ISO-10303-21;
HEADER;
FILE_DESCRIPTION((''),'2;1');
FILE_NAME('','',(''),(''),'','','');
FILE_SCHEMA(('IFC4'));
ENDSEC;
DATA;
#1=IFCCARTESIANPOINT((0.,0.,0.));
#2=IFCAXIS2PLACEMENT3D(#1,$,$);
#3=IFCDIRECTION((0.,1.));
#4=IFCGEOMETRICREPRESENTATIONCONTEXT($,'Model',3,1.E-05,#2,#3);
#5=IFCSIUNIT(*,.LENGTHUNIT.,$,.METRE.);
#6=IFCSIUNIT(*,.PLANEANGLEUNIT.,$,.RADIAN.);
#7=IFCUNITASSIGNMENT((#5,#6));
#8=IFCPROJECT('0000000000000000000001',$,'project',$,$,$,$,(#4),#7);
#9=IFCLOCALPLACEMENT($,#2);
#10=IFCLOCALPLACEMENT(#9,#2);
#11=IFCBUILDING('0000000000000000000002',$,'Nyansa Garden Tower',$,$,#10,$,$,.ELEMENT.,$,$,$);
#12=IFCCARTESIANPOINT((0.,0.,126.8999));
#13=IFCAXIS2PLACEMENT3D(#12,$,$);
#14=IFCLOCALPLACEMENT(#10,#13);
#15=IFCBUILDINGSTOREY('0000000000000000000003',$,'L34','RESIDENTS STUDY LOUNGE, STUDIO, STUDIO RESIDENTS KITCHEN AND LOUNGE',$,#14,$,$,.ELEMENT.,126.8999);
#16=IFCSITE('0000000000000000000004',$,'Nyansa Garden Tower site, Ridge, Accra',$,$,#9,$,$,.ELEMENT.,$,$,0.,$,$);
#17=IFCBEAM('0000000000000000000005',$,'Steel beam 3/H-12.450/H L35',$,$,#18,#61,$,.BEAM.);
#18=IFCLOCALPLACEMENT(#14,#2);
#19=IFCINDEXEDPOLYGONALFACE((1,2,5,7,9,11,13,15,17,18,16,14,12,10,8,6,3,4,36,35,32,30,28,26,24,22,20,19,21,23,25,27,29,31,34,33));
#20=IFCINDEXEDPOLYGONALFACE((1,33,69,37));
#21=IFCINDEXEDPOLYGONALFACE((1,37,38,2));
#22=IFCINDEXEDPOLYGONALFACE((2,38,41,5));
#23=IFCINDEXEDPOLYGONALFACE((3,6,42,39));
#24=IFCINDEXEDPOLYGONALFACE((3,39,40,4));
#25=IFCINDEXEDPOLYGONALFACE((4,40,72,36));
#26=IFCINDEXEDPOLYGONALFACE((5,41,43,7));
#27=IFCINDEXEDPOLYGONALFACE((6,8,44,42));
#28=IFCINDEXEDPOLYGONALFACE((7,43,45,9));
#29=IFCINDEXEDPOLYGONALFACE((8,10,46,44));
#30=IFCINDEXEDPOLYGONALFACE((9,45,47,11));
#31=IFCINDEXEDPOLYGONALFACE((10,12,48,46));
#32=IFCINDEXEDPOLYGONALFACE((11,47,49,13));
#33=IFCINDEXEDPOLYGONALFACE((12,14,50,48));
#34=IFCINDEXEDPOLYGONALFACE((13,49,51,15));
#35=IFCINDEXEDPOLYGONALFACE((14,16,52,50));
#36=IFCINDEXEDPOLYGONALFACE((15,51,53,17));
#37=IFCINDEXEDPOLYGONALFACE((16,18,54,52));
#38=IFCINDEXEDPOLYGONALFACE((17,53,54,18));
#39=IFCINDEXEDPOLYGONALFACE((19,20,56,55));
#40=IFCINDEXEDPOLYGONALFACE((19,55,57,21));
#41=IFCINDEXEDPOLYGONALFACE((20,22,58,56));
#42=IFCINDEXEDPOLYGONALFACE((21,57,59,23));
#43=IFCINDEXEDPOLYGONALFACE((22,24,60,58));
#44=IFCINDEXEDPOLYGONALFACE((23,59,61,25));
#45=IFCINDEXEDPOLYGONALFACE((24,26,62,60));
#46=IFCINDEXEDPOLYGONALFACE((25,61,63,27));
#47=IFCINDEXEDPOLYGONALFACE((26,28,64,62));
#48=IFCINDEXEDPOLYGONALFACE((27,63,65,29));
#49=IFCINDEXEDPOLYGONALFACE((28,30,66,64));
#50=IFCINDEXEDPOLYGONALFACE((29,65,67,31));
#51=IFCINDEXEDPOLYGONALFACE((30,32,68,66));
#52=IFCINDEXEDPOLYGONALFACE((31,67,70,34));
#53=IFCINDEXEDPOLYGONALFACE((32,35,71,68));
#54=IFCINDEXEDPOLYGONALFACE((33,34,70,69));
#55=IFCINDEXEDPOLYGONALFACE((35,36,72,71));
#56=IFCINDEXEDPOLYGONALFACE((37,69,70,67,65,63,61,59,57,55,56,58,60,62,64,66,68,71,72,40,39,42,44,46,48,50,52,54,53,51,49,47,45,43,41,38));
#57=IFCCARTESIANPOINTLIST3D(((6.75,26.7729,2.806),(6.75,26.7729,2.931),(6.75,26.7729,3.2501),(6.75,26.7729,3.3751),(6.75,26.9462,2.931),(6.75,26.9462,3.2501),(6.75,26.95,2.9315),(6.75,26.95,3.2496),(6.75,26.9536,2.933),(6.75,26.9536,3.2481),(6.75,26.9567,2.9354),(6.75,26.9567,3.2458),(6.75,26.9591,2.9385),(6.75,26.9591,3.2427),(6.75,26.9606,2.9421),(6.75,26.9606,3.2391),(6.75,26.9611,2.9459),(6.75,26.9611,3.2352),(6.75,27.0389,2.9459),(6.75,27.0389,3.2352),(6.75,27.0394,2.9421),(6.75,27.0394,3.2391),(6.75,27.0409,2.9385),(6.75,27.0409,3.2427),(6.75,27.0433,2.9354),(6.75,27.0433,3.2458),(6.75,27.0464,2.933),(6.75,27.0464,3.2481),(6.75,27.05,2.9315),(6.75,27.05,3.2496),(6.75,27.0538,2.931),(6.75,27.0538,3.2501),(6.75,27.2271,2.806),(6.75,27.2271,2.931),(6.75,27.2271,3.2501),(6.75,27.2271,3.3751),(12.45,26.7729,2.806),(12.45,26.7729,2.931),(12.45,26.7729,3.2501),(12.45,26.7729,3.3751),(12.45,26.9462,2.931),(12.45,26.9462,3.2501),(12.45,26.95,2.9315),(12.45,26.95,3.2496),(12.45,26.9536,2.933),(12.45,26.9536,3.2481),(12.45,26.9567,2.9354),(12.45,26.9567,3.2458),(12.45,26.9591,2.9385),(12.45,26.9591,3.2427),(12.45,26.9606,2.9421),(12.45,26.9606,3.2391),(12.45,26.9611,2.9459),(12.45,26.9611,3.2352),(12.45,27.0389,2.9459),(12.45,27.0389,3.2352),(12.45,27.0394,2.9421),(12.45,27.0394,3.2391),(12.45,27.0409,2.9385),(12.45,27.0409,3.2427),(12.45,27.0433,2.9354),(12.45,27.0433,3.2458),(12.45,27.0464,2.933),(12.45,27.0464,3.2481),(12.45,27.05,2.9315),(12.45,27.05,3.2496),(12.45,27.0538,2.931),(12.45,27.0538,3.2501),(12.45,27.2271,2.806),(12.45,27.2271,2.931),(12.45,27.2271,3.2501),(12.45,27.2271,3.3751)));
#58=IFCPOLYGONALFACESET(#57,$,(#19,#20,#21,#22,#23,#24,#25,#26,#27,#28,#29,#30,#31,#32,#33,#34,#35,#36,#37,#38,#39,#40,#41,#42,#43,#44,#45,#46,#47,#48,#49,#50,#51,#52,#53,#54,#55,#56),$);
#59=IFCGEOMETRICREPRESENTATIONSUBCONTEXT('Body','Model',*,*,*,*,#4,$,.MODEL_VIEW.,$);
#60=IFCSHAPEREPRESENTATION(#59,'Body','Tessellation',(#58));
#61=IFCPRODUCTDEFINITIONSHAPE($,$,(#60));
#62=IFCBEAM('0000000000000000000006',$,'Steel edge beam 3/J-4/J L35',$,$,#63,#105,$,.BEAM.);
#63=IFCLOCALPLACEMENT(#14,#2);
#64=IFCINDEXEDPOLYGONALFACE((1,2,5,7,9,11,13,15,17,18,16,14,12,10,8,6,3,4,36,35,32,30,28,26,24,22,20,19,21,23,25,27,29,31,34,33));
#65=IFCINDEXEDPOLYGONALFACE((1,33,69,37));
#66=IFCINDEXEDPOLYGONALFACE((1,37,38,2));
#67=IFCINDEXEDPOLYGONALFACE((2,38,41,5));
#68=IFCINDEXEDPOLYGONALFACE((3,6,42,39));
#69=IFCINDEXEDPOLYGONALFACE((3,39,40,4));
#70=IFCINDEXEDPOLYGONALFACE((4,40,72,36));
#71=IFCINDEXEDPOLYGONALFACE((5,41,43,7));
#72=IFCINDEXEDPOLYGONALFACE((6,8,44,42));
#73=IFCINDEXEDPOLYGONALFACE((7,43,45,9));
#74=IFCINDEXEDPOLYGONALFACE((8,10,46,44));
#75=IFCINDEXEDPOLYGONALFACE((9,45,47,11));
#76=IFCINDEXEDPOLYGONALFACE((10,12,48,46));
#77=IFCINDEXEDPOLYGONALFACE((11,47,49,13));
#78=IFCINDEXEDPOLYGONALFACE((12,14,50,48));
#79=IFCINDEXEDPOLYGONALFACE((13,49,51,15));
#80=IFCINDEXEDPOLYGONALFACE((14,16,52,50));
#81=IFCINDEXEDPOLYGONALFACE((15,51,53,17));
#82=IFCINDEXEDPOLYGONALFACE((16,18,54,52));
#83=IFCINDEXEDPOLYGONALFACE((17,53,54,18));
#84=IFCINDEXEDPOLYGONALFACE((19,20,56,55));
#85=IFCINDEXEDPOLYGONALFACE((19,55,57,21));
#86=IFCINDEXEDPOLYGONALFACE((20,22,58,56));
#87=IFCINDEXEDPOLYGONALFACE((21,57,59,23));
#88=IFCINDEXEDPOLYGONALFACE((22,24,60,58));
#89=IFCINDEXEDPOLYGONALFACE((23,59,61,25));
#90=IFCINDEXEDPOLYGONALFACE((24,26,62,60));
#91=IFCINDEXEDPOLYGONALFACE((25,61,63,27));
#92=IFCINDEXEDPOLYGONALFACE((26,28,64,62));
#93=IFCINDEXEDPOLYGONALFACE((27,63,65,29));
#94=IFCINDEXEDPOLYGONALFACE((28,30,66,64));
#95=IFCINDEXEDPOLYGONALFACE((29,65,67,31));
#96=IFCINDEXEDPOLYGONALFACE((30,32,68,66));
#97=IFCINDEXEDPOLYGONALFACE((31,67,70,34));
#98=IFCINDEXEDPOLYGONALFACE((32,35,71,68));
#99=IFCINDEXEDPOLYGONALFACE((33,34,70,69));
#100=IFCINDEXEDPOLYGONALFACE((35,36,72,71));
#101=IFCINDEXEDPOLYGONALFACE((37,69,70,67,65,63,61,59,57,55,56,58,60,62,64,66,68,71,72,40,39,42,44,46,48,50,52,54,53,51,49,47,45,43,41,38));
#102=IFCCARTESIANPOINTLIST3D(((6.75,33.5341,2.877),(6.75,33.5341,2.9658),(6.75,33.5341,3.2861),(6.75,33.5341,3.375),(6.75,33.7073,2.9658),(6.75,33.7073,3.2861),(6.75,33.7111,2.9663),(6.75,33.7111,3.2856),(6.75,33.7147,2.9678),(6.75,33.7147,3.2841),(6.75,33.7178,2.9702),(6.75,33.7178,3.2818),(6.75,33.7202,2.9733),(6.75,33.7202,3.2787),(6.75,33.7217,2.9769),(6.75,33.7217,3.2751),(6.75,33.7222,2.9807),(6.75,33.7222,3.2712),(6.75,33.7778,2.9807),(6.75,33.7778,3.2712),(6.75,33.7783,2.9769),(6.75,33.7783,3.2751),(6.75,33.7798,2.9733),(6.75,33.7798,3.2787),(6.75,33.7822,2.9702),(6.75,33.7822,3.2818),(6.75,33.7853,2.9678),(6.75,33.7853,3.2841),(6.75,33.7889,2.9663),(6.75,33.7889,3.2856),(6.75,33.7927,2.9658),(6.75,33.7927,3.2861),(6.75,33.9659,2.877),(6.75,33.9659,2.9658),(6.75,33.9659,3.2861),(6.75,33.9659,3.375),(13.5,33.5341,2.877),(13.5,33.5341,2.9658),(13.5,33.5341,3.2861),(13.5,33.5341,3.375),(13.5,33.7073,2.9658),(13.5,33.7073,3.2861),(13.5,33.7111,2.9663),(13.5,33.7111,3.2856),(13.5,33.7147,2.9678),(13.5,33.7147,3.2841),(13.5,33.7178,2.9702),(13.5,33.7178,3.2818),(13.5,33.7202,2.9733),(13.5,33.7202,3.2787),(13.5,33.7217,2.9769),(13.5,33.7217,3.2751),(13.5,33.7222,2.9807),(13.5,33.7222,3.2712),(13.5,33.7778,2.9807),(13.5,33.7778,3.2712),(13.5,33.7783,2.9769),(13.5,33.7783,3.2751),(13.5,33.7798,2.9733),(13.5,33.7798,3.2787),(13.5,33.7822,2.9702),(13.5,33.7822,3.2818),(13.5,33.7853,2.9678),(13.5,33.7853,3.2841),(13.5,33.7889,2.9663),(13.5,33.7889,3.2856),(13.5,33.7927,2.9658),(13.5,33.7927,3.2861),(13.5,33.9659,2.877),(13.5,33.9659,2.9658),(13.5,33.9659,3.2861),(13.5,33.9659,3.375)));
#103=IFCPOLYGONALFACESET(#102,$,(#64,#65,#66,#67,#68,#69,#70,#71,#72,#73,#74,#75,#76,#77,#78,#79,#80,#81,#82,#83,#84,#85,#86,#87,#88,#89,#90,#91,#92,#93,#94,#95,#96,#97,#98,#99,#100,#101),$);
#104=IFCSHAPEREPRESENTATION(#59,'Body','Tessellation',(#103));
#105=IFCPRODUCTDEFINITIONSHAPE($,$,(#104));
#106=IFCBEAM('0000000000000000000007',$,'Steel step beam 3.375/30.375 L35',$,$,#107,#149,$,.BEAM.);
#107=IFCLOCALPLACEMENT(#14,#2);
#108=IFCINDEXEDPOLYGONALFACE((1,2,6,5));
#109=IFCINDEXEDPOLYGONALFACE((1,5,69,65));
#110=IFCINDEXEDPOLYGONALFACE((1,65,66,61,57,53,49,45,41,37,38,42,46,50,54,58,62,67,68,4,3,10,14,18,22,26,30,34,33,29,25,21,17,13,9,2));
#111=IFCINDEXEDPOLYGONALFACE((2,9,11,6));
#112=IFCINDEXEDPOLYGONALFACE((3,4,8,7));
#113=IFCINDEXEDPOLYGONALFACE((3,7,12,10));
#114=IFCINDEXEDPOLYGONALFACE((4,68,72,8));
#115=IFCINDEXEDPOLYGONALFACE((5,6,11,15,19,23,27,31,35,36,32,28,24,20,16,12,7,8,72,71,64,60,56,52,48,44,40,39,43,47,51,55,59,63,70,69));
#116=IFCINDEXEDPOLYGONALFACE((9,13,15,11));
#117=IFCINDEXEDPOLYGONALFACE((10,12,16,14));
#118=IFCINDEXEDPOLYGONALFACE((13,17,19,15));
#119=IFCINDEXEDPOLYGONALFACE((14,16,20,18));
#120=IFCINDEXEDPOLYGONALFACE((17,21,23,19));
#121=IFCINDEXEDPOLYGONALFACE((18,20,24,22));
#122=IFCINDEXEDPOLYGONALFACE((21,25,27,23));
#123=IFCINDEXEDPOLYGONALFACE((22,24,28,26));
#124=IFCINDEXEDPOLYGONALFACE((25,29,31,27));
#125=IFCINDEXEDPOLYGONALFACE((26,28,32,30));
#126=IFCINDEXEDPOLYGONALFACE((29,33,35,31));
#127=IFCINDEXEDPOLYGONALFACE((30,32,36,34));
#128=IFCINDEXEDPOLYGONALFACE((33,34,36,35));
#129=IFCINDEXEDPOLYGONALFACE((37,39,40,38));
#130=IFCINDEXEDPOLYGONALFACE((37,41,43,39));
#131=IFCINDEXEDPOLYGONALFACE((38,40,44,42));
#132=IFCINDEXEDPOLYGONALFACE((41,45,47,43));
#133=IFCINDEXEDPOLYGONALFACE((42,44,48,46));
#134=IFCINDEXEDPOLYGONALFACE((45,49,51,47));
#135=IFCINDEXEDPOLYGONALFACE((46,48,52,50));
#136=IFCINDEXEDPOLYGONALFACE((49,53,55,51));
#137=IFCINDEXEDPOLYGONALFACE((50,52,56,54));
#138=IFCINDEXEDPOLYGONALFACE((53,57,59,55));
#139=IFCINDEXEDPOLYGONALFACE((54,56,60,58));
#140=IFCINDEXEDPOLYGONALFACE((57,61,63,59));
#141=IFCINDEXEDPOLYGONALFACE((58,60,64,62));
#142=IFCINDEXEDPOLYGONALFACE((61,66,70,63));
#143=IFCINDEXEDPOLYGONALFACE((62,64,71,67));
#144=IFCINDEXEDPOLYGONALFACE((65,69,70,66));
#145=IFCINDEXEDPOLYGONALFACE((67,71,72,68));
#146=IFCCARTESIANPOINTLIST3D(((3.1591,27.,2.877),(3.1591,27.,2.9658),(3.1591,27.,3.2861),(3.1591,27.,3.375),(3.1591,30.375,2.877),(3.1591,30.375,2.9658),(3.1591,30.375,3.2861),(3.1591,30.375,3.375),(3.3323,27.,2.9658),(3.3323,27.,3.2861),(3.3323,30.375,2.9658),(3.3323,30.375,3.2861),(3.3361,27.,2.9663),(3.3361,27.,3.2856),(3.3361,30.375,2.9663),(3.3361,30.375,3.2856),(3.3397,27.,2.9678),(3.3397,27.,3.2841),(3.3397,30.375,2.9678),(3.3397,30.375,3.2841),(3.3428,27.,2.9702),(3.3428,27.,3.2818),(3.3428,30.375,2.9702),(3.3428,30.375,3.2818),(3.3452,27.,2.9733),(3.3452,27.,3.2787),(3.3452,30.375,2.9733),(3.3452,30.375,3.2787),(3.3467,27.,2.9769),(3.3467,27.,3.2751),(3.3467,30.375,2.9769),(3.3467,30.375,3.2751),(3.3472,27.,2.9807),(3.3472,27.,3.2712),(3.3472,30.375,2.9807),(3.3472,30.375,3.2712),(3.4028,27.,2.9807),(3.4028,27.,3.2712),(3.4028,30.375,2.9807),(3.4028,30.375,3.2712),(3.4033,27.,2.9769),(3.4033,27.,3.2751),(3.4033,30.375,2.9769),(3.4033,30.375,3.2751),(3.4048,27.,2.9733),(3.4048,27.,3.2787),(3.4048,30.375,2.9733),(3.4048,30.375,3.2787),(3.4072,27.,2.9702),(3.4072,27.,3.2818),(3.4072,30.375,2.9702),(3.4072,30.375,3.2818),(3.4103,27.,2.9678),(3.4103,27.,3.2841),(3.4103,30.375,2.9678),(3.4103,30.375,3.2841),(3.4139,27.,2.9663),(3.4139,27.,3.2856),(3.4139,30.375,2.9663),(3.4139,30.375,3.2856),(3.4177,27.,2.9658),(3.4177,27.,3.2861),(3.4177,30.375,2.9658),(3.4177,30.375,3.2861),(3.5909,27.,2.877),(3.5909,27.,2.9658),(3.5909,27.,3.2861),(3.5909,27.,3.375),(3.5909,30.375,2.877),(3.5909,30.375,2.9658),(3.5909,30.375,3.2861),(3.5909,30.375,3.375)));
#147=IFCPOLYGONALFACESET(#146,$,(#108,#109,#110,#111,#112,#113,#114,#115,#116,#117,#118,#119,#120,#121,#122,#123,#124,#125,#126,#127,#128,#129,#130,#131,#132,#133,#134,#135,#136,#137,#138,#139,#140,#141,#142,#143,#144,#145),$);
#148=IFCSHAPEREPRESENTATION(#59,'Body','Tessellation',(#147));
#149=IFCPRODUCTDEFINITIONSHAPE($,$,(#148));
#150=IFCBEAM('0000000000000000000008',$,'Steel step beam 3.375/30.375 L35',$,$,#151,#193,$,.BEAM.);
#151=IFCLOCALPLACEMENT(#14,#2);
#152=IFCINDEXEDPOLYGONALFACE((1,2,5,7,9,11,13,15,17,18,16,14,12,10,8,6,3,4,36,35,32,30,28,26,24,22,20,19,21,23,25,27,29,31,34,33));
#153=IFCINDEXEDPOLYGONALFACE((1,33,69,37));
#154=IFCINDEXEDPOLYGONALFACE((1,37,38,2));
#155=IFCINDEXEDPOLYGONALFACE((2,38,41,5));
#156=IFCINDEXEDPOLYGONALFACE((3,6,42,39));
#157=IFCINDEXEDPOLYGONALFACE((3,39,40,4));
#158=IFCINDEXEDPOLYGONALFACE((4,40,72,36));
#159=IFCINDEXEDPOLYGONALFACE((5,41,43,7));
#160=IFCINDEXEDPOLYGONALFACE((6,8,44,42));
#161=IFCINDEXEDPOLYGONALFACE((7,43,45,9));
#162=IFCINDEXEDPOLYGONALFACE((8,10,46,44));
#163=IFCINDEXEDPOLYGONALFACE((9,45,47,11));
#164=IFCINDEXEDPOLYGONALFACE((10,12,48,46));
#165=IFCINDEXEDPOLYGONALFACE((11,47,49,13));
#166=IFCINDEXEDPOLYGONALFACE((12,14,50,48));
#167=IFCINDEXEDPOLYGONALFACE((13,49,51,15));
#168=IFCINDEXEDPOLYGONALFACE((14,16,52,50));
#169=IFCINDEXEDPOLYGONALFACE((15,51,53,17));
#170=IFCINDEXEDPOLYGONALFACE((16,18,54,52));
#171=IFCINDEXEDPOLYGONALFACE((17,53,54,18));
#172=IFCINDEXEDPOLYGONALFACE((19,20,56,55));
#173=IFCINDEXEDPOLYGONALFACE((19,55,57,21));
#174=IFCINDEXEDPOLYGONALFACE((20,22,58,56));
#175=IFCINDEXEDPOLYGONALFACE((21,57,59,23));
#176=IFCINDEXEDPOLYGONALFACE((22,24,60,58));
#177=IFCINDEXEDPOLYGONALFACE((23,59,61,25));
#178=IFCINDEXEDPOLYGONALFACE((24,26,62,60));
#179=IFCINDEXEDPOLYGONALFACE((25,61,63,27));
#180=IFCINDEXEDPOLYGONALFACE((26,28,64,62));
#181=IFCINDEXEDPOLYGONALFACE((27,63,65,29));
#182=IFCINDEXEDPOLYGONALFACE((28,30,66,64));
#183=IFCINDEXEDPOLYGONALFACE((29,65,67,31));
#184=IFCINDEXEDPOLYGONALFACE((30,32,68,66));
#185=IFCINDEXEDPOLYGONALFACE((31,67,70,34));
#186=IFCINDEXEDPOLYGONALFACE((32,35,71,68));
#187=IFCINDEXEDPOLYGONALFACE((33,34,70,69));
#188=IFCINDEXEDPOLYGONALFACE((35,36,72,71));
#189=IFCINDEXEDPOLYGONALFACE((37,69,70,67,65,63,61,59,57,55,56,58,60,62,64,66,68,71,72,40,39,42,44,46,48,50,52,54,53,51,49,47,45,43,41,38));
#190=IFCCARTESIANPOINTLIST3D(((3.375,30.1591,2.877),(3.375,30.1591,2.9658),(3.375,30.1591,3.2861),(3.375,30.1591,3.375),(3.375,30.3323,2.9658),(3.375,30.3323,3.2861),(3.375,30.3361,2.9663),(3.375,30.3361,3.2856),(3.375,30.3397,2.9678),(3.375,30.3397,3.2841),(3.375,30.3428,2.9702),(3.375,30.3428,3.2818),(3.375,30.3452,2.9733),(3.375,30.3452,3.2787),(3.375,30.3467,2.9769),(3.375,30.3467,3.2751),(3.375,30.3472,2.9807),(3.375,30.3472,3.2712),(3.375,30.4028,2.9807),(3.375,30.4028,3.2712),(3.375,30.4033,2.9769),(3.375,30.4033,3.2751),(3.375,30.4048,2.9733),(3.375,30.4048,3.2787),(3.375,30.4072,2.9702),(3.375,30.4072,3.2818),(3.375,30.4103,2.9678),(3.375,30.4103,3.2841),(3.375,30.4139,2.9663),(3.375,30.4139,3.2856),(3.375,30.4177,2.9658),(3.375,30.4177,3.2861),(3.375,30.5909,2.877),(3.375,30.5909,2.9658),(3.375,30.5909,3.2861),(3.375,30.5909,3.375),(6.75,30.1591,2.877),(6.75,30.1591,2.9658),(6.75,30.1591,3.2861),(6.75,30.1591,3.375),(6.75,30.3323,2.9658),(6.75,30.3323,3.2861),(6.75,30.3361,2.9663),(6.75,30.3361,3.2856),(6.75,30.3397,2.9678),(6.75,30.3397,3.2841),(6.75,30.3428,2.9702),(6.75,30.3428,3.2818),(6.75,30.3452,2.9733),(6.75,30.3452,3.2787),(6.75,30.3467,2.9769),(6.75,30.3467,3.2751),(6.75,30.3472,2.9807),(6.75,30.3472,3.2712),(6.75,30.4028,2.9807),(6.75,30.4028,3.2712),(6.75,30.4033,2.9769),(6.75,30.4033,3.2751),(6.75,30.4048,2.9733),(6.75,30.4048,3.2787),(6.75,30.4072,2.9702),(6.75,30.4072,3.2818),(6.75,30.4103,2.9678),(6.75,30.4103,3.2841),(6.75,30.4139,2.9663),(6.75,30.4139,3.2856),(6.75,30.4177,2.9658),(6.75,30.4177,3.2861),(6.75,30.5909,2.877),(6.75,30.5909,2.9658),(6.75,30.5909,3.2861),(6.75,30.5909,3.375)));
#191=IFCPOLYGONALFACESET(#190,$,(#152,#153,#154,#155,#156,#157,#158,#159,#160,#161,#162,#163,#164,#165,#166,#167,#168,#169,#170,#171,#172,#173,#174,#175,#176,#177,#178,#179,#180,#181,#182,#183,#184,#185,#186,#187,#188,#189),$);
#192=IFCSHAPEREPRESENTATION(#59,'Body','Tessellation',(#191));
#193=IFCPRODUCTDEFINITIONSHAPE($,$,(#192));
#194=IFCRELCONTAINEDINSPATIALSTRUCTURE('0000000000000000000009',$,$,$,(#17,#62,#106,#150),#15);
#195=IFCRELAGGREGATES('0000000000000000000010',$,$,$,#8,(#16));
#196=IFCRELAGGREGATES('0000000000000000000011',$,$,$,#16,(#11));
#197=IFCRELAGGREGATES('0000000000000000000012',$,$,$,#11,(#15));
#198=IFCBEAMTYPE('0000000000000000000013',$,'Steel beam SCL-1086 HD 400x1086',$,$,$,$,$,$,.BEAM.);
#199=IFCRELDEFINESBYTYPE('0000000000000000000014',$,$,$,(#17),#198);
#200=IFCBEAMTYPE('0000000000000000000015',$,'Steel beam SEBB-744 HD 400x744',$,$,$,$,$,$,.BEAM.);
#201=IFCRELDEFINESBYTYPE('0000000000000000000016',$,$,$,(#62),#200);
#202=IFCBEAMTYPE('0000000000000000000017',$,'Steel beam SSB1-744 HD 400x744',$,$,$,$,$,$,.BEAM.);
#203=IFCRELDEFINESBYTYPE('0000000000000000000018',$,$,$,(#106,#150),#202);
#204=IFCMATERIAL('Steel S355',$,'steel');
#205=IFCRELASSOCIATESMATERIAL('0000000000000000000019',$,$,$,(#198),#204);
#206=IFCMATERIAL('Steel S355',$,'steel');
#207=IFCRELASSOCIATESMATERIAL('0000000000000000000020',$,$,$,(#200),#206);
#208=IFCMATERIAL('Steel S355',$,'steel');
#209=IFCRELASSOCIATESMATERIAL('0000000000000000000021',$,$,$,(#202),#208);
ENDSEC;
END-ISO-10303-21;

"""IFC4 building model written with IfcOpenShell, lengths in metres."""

from ifc_helpers import new_model, si_unit, direction, frame, origin, origin_2d, place, context, subcontext, project, spatial, i_section, extrude, material, material_profile, profile_set, type_object, element, save


model = new_model("IFC4")

# Units and contexts
model_context = context("Model", 3, precision=1e-05, world=origin(), true_north=direction((0.0, 1.0)))
body_context = subcontext(model_context, "Body", "Model", "MODEL_VIEW")
ifc_project = project(units=[si_unit("LENGTHUNIT", "METRE"), si_unit("PLANEANGLEUNIT", "RADIAN")], contexts=[model_context])

# Site, building, storey
site_placement = place(None, origin())
site = spatial("IfcSite", under=ifc_project, at=site_placement, Name="Nyansa Garden Tower site, Ridge, Accra", CompositionType="ELEMENT", RefElevation=0.0)
building_placement = place(site_placement, origin())
building = spatial("IfcBuilding", under=site, at=building_placement, Name="Nyansa Garden Tower", CompositionType="ELEMENT")
storey_placement = place(building_placement, frame((0.0, 0.0, 126.8999)))
storey = spatial("IfcBuildingStorey", under=building, at=storey_placement, Name="L34", Description="RESIDENTS STUDY LOUNGE, STUDIO, STUDIO RESIDENTS KITCHEN AND LOUNGE", CompositionType="ELEMENT", Elevation=126.8999)

# Beams
ifc_material_1 = material(Name="Steel S355", Category="steel")
ifc_material_profile_1 = material_profile(ifc_material_1, i_section(OverallWidth=0.4541, OverallDepth=0.5691, WebThickness=0.0779, FlangeThickness=0.125, FilletRadius=0.0149, at=origin_2d()), Name="HD 400x1086")
ifc_profile_set_1 = profile_set([ifc_material_profile_1], Name="Steel S355")
beam_type_1 = type_object("IfcBeamType", Name="Steel beam SCL-1086 HD 400x1086", PredefinedType="BEAM", material=ifc_profile_set_1)
beam_1_placement = place(storey_placement, frame((6.75, 27.0, 3.0906), z_axis=(1.0, 0.0, 0.0), x_axis=(0.0, 1.0, 0.0)))
element("IfcBeam", 1, at=beam_1_placement, inside=storey, type_object=beam_type_1, Name="Steel beam 3/H-12.450/H L35", PredefinedType="BEAM", context=body_context, shape_type="SweptSolid", body=[
    extrude(i_section(OverallWidth=0.4541, OverallDepth=0.5691, WebThickness=0.0779, FlangeThickness=0.125, FilletRadius=0.0149, at=origin_2d()), origin(), (0.0, 0.0, 1.0), 5.7),
])
ifc_material_2 = material(Name="Steel S355", Category="steel")
ifc_material_profile_2 = material_profile(ifc_material_2, i_section(OverallWidth=0.4319, OverallDepth=0.498, WebThickness=0.0557, FlangeThickness=0.0889, FilletRadius=0.0149, at=origin_2d()), Name="HD 400x744")
ifc_profile_set_2 = profile_set([ifc_material_profile_2], Name="Steel S355")
beam_type_2 = type_object("IfcBeamType", Name="Steel beam SEBB-744 HD 400x744", PredefinedType="BEAM", material=ifc_profile_set_2)
beam_2_placement = place(storey_placement, frame((6.75, 33.75, 3.126), z_axis=(1.0, 0.0, 0.0), x_axis=(0.0, 1.0, 0.0)))
element("IfcBeam", 2, at=beam_2_placement, inside=storey, type_object=beam_type_2, Name="Steel edge beam 3/J-4/J L35", PredefinedType="BEAM", context=body_context, shape_type="SweptSolid", body=[
    extrude(i_section(OverallWidth=0.4319, OverallDepth=0.498, WebThickness=0.0557, FlangeThickness=0.0889, FilletRadius=0.0149, at=origin_2d()), origin(), (0.0, 0.0, 1.0), 6.75),
])
ifc_material_3 = material(Name="Steel S355", Category="steel")
ifc_material_profile_3 = material_profile(ifc_material_3, i_section(OverallWidth=0.4319, OverallDepth=0.498, WebThickness=0.0557, FlangeThickness=0.0889, FilletRadius=0.0149, at=origin_2d()), Name="HD 400x744")
ifc_profile_set_3 = profile_set([ifc_material_profile_3], Name="Steel S355")
beam_type_3 = type_object("IfcBeamType", Name="Steel beam SSB1-744 HD 400x744", PredefinedType="BEAM", material=ifc_profile_set_3)
for number, where, z_axis, x_axis, name in (
    (3, (3.375, 30.375, 3.126), (0.0, -1.0, 0.0), (1.0, 0.0, 0.0), "Steel step beam 3.375/30.375 L35"),
    (4, (3.375, 30.375, 3.126), (1.0, 0.0, 0.0), (0.0, 1.0, 0.0), "Steel step beam 3.375/30.375 L35"),
):
    element("IfcBeam", number, at=place(storey_placement, frame(where, z_axis=z_axis, x_axis=x_axis)), inside=storey, type_object=beam_type_3, Name=name, PredefinedType="BEAM", context=body_context, shape_type="SweptSolid", body=[
        extrude(i_section(OverallWidth=0.4319, OverallDepth=0.498, WebThickness=0.0557, FlangeThickness=0.0889, FilletRadius=0.0149, at=origin_2d()), origin(), (0.0, 0.0, 1.0), 3.375),
    ])

save(model, "model.ifc")
